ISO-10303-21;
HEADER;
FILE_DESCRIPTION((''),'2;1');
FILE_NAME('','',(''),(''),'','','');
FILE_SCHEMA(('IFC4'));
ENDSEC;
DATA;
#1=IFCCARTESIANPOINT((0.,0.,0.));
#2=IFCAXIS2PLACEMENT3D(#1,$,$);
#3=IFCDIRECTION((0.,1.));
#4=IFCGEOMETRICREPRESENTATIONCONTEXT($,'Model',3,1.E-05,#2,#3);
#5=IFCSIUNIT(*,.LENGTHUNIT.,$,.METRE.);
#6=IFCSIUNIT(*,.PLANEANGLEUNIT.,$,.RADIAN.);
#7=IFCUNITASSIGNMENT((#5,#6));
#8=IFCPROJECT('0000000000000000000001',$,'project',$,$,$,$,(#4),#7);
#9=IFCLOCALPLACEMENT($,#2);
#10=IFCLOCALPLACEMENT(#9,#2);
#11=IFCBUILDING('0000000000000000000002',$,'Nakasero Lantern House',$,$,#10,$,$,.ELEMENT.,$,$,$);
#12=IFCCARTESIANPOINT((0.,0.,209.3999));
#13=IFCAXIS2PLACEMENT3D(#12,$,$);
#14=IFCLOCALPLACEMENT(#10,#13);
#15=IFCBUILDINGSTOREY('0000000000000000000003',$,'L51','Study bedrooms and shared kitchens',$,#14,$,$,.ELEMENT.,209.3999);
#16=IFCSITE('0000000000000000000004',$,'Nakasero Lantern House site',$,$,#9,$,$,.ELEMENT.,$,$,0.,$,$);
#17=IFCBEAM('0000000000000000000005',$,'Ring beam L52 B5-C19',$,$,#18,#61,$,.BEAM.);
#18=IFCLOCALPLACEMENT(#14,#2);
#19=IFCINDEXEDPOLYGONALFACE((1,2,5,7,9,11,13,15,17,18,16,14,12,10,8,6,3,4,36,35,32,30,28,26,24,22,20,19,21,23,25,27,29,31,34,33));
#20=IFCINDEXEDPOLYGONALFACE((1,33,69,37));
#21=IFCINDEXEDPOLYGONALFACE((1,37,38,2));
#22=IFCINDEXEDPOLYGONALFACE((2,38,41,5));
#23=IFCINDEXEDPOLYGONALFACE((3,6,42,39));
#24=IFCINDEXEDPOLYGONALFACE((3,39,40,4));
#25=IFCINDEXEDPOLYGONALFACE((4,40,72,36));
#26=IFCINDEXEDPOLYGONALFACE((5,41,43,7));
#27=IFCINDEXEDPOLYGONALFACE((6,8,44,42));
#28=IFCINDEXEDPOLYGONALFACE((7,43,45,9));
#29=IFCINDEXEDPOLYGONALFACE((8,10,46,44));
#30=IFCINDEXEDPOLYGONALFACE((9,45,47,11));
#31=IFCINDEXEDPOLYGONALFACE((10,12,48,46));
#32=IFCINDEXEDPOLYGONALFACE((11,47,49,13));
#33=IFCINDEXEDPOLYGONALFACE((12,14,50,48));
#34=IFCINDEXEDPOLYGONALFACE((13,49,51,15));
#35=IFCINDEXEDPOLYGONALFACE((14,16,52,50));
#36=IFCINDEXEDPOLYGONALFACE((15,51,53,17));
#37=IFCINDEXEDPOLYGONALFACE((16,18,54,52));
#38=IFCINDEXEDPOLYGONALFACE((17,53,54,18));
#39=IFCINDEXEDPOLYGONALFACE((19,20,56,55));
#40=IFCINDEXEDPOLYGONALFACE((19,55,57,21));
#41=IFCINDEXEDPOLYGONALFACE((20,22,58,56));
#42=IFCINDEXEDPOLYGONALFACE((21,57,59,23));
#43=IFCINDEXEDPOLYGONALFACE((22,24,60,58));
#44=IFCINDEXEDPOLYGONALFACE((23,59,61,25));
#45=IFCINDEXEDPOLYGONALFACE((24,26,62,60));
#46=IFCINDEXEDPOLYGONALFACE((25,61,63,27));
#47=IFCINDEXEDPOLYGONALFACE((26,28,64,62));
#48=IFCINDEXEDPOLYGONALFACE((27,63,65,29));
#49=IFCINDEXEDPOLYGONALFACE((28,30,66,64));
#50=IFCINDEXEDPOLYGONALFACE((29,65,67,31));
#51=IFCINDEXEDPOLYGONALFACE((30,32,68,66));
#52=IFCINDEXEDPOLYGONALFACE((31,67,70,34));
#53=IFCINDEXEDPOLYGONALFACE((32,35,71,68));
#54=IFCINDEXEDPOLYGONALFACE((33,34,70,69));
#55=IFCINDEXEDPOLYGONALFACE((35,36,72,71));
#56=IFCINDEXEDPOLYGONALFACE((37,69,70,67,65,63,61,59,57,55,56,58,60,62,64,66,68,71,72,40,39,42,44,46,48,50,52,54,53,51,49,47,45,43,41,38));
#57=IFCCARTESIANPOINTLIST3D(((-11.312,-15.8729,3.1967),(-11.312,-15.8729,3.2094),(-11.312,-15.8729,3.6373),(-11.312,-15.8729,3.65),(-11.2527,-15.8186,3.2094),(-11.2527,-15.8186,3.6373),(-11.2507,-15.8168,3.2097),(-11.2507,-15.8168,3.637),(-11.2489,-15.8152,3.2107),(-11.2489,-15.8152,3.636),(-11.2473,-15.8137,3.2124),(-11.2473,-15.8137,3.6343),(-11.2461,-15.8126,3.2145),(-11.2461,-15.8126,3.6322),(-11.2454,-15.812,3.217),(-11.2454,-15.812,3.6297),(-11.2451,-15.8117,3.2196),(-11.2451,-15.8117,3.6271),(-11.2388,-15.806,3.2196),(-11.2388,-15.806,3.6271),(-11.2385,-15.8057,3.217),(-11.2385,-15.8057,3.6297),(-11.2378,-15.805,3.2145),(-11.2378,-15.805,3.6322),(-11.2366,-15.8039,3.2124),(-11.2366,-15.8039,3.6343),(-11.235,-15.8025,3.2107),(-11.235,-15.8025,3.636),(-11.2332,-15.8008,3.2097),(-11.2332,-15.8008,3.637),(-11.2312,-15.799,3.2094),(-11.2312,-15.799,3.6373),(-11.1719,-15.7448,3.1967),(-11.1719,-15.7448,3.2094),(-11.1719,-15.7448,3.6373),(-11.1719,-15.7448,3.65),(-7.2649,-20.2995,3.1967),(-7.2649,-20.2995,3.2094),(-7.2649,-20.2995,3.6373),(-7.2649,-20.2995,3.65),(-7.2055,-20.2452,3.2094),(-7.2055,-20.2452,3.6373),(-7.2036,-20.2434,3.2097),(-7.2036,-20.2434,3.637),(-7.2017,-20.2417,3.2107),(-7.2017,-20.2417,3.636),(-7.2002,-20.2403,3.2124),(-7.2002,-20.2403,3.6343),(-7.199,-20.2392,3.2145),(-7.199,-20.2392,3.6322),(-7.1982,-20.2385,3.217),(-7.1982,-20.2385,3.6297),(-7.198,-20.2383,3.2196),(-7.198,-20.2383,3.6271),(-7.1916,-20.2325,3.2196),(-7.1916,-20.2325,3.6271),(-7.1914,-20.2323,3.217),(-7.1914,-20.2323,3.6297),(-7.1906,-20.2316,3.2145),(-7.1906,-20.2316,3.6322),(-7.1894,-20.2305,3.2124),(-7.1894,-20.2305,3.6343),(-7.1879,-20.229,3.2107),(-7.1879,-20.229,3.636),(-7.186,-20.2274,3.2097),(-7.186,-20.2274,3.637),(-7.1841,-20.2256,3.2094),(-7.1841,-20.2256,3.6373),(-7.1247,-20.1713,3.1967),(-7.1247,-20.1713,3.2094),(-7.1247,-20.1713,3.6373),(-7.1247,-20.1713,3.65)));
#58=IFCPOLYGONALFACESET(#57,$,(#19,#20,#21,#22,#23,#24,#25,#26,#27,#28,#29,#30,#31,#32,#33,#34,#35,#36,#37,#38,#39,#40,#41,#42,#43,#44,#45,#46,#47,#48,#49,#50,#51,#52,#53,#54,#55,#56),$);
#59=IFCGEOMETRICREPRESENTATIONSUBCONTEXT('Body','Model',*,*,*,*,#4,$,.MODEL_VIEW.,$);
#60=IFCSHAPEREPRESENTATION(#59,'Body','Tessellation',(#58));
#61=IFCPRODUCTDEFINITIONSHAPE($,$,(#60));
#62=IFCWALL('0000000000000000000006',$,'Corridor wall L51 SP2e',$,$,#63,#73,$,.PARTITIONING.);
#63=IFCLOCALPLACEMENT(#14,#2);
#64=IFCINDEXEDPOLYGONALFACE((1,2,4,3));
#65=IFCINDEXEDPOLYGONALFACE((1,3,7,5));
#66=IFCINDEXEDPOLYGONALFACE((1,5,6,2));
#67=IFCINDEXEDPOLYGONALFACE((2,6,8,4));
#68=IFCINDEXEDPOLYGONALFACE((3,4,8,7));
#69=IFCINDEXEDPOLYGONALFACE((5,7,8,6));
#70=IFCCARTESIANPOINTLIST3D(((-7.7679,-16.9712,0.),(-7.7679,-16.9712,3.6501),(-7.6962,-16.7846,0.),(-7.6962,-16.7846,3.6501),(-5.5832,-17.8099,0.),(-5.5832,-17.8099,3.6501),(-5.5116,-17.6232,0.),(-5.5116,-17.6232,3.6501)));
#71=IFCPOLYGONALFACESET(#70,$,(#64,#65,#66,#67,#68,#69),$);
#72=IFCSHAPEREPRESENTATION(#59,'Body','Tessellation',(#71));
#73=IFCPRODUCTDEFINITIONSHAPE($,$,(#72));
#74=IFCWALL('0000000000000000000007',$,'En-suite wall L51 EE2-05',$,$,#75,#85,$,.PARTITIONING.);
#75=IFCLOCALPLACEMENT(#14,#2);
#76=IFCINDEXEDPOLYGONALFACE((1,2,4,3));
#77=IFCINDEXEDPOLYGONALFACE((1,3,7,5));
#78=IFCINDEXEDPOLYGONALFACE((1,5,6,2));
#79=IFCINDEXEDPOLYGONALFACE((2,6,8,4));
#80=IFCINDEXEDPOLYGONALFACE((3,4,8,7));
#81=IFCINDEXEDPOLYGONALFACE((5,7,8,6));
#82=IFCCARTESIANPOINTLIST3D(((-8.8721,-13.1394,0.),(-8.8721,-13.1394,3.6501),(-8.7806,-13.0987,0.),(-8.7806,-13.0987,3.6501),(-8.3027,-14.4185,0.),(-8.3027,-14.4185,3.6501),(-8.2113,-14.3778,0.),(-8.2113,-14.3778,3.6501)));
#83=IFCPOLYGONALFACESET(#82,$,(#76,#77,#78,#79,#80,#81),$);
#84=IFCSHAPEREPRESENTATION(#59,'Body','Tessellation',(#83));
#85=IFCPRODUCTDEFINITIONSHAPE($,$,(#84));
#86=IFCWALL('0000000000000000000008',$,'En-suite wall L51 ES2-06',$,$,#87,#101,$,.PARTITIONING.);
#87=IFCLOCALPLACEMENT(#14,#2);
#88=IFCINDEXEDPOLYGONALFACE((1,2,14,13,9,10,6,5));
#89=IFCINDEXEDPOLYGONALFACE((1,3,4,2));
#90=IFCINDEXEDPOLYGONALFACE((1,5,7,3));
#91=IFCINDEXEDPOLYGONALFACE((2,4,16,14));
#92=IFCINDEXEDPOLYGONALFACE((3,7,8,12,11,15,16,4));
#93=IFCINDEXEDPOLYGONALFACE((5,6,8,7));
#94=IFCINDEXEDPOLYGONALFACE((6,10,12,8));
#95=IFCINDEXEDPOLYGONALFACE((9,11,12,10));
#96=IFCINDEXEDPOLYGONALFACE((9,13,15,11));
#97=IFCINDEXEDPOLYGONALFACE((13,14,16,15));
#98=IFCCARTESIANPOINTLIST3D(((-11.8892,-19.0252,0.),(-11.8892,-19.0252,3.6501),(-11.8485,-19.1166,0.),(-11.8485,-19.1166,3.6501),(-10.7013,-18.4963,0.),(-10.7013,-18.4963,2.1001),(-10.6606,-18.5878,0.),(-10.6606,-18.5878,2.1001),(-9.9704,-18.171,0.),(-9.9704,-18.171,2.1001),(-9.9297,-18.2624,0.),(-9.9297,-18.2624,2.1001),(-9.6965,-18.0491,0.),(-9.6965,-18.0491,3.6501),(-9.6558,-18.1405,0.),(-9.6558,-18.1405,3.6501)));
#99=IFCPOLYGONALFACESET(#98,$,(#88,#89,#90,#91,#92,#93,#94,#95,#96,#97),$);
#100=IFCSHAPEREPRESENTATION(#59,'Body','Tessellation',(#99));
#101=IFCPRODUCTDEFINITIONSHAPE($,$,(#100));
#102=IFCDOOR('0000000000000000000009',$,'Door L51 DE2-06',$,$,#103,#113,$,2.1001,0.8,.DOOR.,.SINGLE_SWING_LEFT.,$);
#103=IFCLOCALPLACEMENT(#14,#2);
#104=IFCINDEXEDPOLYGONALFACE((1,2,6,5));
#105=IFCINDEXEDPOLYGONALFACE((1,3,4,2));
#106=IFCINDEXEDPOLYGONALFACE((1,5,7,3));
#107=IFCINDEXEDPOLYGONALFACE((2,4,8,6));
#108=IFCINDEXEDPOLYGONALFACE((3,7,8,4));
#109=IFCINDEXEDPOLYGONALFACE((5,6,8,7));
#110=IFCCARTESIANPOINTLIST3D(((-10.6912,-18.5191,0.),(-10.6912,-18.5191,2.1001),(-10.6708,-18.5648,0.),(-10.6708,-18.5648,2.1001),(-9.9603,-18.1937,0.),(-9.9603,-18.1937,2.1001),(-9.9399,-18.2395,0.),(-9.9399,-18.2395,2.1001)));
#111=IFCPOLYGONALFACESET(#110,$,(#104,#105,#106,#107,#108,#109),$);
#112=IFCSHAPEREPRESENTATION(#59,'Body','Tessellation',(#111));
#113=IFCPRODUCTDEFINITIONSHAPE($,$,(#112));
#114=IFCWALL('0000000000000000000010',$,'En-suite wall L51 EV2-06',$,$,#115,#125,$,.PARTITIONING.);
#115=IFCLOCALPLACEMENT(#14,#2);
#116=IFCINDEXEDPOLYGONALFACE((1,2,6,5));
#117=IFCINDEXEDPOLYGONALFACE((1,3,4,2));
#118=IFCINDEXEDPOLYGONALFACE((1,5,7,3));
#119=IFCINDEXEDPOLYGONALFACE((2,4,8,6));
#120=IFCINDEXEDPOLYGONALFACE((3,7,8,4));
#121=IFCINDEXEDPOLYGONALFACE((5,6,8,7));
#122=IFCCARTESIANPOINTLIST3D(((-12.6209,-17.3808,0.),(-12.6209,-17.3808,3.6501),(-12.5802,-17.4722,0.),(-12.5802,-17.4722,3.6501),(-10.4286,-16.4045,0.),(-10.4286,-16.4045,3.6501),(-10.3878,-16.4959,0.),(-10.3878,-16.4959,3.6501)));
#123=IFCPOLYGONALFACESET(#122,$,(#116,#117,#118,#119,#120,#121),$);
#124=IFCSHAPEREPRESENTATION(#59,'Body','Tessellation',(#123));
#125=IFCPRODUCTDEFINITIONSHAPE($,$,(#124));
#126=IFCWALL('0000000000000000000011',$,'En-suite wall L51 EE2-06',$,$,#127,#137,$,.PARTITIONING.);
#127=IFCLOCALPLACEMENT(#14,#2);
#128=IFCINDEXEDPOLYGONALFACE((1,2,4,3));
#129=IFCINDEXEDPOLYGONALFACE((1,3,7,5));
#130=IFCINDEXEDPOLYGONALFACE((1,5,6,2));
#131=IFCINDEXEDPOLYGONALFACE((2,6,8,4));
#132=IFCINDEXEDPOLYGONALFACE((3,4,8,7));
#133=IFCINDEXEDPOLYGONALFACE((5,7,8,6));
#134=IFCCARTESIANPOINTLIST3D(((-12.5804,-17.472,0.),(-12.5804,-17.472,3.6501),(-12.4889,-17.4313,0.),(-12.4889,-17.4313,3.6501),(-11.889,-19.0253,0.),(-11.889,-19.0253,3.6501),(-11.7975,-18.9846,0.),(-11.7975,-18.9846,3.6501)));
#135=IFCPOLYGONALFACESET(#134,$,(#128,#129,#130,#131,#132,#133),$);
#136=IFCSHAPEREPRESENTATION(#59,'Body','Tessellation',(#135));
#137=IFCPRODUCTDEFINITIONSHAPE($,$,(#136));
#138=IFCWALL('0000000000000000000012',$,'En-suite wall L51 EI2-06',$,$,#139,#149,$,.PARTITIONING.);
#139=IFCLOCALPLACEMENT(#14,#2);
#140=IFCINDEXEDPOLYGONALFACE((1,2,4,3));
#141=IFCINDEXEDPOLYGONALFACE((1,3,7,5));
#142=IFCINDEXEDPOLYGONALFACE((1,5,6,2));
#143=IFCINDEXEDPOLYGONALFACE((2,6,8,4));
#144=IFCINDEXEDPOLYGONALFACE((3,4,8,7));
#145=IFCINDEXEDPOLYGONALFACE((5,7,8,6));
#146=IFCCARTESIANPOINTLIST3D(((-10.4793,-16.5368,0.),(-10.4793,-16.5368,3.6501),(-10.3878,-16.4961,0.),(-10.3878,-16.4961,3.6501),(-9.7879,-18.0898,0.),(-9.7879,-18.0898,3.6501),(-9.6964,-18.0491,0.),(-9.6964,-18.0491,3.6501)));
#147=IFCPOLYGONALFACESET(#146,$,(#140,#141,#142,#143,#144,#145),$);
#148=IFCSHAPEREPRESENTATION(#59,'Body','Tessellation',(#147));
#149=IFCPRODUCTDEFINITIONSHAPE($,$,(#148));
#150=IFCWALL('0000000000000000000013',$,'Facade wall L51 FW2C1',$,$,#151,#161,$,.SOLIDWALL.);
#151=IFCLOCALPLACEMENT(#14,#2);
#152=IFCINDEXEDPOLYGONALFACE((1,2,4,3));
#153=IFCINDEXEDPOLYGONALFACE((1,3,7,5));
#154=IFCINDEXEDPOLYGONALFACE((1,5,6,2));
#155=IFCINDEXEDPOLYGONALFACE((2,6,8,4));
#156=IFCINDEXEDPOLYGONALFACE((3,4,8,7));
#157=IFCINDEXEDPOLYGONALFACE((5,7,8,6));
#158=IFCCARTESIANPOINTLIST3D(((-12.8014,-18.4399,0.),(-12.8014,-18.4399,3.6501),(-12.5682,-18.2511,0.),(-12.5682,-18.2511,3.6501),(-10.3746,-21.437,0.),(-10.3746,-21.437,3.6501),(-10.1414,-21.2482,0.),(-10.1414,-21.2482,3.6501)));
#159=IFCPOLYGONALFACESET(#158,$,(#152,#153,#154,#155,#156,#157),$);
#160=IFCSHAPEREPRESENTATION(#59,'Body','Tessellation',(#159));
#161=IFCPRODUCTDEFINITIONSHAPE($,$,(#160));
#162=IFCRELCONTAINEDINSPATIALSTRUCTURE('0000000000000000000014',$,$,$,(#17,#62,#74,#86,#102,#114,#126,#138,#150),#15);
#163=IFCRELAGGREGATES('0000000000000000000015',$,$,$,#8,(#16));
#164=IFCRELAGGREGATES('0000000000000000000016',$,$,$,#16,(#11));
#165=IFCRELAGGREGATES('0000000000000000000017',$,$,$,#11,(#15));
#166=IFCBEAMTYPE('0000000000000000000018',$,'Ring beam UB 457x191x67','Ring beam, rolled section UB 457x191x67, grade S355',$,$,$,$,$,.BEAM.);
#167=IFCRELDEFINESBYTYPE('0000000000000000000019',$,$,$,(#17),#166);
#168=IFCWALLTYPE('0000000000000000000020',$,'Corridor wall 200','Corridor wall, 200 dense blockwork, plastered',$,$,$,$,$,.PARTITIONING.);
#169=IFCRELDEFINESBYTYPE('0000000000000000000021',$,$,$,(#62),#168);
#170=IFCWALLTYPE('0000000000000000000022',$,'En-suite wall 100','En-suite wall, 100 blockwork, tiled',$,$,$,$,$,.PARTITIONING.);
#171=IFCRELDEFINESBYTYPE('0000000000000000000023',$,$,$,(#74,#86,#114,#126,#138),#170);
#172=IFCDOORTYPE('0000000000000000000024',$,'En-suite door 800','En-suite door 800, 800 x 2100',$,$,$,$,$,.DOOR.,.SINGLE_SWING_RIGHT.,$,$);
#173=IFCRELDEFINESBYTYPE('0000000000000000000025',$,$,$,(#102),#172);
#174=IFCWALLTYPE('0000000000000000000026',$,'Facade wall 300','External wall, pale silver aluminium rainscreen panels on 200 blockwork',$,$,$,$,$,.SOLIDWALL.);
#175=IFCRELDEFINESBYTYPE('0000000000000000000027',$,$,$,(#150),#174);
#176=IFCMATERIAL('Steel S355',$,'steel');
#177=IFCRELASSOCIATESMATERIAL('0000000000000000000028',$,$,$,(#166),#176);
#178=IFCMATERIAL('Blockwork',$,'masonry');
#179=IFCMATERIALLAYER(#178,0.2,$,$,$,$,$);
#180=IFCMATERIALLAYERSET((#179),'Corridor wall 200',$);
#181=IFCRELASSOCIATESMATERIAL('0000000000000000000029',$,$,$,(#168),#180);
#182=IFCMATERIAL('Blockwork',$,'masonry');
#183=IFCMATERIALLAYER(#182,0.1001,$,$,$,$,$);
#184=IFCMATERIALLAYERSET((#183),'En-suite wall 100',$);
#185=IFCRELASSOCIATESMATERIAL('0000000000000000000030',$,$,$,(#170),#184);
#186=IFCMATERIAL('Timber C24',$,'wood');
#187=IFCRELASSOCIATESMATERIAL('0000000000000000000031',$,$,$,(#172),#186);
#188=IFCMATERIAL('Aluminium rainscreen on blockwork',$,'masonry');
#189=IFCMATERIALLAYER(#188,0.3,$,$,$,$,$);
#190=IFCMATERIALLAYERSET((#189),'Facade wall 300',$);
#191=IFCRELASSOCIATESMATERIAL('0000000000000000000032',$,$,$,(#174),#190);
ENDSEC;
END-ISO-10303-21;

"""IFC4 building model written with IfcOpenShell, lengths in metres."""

from ifc_helpers import new_model, si_unit, direction, frame, frame_2d, origin, origin_2d, place, context, subcontext, project, spatial, rectangle, i_section, extrude, material, layer, layer_set, material_profile, profile_set, type_object, element, fill, save


model = new_model("IFC4")

# Units and contexts
model_context = context("Model", 3, precision=1e-05, world=origin(), true_north=direction((0.0, 1.0)))
body_context = subcontext(model_context, "Body", "Model", "MODEL_VIEW")
ifc_project = project(units=[si_unit("LENGTHUNIT", "METRE"), si_unit("PLANEANGLEUNIT", "RADIAN")], contexts=[model_context])

# Site, building, storey
site_placement = place(None, origin())
site = spatial("IfcSite", under=ifc_project, at=site_placement, Name="Nakasero Lantern House site", CompositionType="ELEMENT", RefElevation=0.0)
building_placement = place(site_placement, origin())
building = spatial("IfcBuilding", under=site, at=building_placement, Name="Nakasero Lantern House", CompositionType="ELEMENT")
storey_placement = place(building_placement, frame((0.0, 0.0, 209.3999)))
storey = spatial("IfcBuildingStorey", under=building, at=storey_placement, Name="L51", Description="Study bedrooms and shared kitchens", CompositionType="ELEMENT", Elevation=209.3999)

# Beam
ifc_material_1 = material(Name="Steel S355", Category="steel")
ifc_material_profile_1 = material_profile(ifc_material_1, i_section(OverallWidth=0.1899, OverallDepth=0.4534, WebThickness=0.0085, FlangeThickness=0.0127, FilletRadius=0.0103, at=origin_2d()), Name="UB 457x191x67")
ifc_profile_set_1 = profile_set([ifc_material_profile_1], Name="Steel S355")
beam_type_1 = type_object("IfcBeamType", Name="Ring beam UB 457x191x67", Description="Ring beam, rolled section UB 457x191x67, grade S355", PredefinedType="BEAM", material=ifc_profile_set_1)
beam_1_placement = place(storey_placement, frame((-11.2419, -15.8088, 3.4233), z_axis=(0.674771, -0.738027, 0.0), x_axis=(0.738027, 0.674771, 0.0)))
element("IfcBeam", 1, at=beam_1_placement, inside=storey, type_object=beam_type_1, Name="Ring beam L52 B5-C19", PredefinedType="BEAM", context=body_context, shape_type="SweptSolid", body=[
    extrude(i_section(OverallWidth=0.1899, OverallDepth=0.4534, WebThickness=0.0085, FlangeThickness=0.0127, FilletRadius=0.0103, at=origin_2d()), origin(), (0.0, 0.0, 1.0), 5.9978),
])

# Walls
ifc_material_2 = material(Name="Blockwork", Category="masonry")
ifc_layer_1 = layer(ifc_material_2, 0.2)
ifc_layer_set_1 = layer_set([ifc_layer_1], Name="Corridor wall 200")
wall_type_1 = type_object("IfcWallType", Name="Corridor wall 200", Description="Corridor wall, 200 dense blockwork, plastered", PredefinedType="PARTITIONING", material=ifc_layer_set_1)
wall_1_placement = place(storey_placement, frame((-7.7319, -16.8779, 0.0), z_axis=(0.0, 0.0, 1.0), x_axis=(0.933574, -0.358385, 0.0)))
element("IfcWall", 2, at=wall_1_placement, inside=storey, type_object=wall_type_1, Name="Corridor wall L51 SP2e", PredefinedType="PARTITIONING", context=body_context, shape_type="SweptSolid", body=[
    extrude(rectangle(XDim=2.3401, YDim=0.2, at=frame_2d((1.1699, 0.0))), origin(), (0.0, 0.0, 1.0), 3.6501),
])
ifc_material_3 = material(Name="Blockwork", Category="masonry")
ifc_layer_2 = layer(ifc_material_3, 0.1001)
ifc_layer_set_2 = layer_set([ifc_layer_2], Name="En-suite wall 100")
wall_type_2 = type_object("IfcWallType", Name="En-suite wall 100", Description="En-suite wall, 100 blockwork, tiled", PredefinedType="PARTITIONING", material=ifc_layer_set_2)
wall_2_placement = place(storey_placement, frame((-8.8264, -13.1189, 0.0), z_axis=(0.0, 0.0, 1.0), x_axis=(0.406656, -0.913581, 0.0)))
element("IfcWall", 3, at=wall_2_placement, inside=storey, type_object=wall_type_2, Name="En-suite wall L51 EE2-05", PredefinedType="PARTITIONING", context=body_context, shape_type="SweptSolid", body=[
    extrude(rectangle(XDim=1.4001, YDim=0.1001, at=frame_2d((0.7002, 0.0))), origin(), (0.0, 0.0, 1.0), 3.6501),
])

# Wall, opening, door
wall_3_placement = place(storey_placement, frame((-9.676, -18.0947, 0.0), z_axis=(0.0, 0.0, 1.0), x_axis=(-0.913568, -0.406686, 0.0)))
wall_3 = element("IfcWall", 4, at=wall_3_placement, inside=storey, type_object=wall_type_2, Name="En-suite wall L51 ES2-06", PredefinedType="PARTITIONING", context=body_context, shape_type="SweptSolid", body=[
    extrude(rectangle(XDim=2.4001, YDim=0.1001, at=frame_2d((1.2002, 0.0))), origin(), (0.0, 0.0, 1.0), 3.6501),
])
opening_1_placement = place(wall_3_placement, frame((0.3, 0.0, 0.0)))
opening_1 = element("IfcOpeningElement", 5, at=opening_1_placement, cuts=wall_3, PredefinedType="OPENING", context=body_context, shape_type="SweptSolid", body=[
    extrude(rectangle(XDim=0.8, YDim=2.1001, at=frame_2d((0.3999, 1.05))), frame((0.0, 0.0701, 0.0), z_axis=(0.0, -1.0, 0.0), x_axis=(1.0, 0.0, 0.0)), (0.0, 0.0, 1.0), 0.1401),
])
ifc_material_4 = material(Name="Timber C24", Category="wood")
door_type = type_object("IfcDoorType", Name="En-suite door 800", Description="En-suite door 800, 800 x 2100", OperationType="SINGLE_SWING_RIGHT", PredefinedType="DOOR", material=ifc_material_4)
door_placement = place(opening_1_placement, origin())
door = element("IfcDoor", 6, at=door_placement, inside=storey, type_object=door_type, Name="Door L51 DE2-06", OperationType="SINGLE_SWING_LEFT", OverallHeight=2.1001, OverallWidth=0.8, PredefinedType="DOOR", context=body_context, shape_type="SweptSolid", body=[
    extrude(rectangle(XDim=0.8, YDim=2.1001, at=frame_2d((0.3999, 1.05))), frame((0.0, 0.0249, 0.0), z_axis=(0.0, -1.0, 0.0), x_axis=(1.0, 0.0, 0.0)), (0.0, 0.0, 1.0), 0.05),
])
fill(opening_1, door)

# Walls
wall_4_placement = place(storey_placement, frame((-10.4082, -16.4502, 0.0), z_axis=(0.0, 0.0, 1.0), x_axis=(-0.913513, -0.406809, 0.0)))
element("IfcWall", 7, at=wall_4_placement, inside=storey, type_object=wall_type_2, Name="En-suite wall L51 EV2-06", PredefinedType="PARTITIONING", context=body_context, shape_type="SweptSolid", body=[
    extrude(rectangle(XDim=2.3999, YDim=0.1001, at=frame_2d((1.2, 0.0))), origin(), (0.0, 0.0, 1.0), 3.6501),
])
wall_5_placement = place(storey_placement, frame((-12.5347, -17.4517, 0.0), z_axis=(0.0, 0.0, 1.0), x_axis=(0.406671, -0.913575, 0.0)))
element("IfcWall", 8, at=wall_5_placement, inside=storey, type_object=wall_type_2, Name="En-suite wall L51 EE2-06", PredefinedType="PARTITIONING", context=body_context, shape_type="SweptSolid", body=[
    extrude(rectangle(XDim=1.7002, YDim=0.1001, at=frame_2d((0.8501, 0.0))), origin(), (0.0, 0.0, 1.0), 3.6501),
])
wall_6_placement = place(storey_placement, frame((-10.4336, -16.5164, 0.0), z_axis=(0.0, 0.0, 1.0), x_axis=(0.406725, -0.913551, 0.0)))
element("IfcWall", 9, at=wall_6_placement, inside=storey, type_object=wall_type_2, Name="En-suite wall L51 EI2-06", PredefinedType="PARTITIONING", context=body_context, shape_type="SweptSolid", body=[
    extrude(rectangle(XDim=1.7, YDim=0.1001, at=frame_2d((0.8501, 0.0))), origin(), (0.0, 0.0, 1.0), 3.6501),
])
ifc_material_5 = material(Name="Aluminium rainscreen on blockwork", Category="masonry")
ifc_layer_3 = layer(ifc_material_5, 0.3)
ifc_layer_set_3 = layer_set([ifc_layer_3], Name="Facade wall 300")
wall_type_3 = type_object("IfcWallType", Name="Facade wall 300", Description="External wall, pale silver aluminium rainscreen panels on 200 blockwork", PredefinedType="SOLIDWALL", material=ifc_layer_set_3)
wall_7_placement = place(storey_placement, frame((-12.6848, -18.3455, 0.0), z_axis=(0.0, 0.0, 1.0), x_axis=(0.629286, -0.777174, 0.0)))
element("IfcWall", 10, at=wall_7_placement, inside=storey, type_object=wall_type_3, Name="Facade wall L51 FW2C1", PredefinedType="SOLIDWALL", context=body_context, shape_type="SweptSolid", body=[
    extrude(rectangle(XDim=3.8564, YDim=0.3, at=frame_2d((1.9282, 0.0))), origin(), (0.0, 0.0, 1.0), 3.6501),
])

save(model, "model.ifc")
